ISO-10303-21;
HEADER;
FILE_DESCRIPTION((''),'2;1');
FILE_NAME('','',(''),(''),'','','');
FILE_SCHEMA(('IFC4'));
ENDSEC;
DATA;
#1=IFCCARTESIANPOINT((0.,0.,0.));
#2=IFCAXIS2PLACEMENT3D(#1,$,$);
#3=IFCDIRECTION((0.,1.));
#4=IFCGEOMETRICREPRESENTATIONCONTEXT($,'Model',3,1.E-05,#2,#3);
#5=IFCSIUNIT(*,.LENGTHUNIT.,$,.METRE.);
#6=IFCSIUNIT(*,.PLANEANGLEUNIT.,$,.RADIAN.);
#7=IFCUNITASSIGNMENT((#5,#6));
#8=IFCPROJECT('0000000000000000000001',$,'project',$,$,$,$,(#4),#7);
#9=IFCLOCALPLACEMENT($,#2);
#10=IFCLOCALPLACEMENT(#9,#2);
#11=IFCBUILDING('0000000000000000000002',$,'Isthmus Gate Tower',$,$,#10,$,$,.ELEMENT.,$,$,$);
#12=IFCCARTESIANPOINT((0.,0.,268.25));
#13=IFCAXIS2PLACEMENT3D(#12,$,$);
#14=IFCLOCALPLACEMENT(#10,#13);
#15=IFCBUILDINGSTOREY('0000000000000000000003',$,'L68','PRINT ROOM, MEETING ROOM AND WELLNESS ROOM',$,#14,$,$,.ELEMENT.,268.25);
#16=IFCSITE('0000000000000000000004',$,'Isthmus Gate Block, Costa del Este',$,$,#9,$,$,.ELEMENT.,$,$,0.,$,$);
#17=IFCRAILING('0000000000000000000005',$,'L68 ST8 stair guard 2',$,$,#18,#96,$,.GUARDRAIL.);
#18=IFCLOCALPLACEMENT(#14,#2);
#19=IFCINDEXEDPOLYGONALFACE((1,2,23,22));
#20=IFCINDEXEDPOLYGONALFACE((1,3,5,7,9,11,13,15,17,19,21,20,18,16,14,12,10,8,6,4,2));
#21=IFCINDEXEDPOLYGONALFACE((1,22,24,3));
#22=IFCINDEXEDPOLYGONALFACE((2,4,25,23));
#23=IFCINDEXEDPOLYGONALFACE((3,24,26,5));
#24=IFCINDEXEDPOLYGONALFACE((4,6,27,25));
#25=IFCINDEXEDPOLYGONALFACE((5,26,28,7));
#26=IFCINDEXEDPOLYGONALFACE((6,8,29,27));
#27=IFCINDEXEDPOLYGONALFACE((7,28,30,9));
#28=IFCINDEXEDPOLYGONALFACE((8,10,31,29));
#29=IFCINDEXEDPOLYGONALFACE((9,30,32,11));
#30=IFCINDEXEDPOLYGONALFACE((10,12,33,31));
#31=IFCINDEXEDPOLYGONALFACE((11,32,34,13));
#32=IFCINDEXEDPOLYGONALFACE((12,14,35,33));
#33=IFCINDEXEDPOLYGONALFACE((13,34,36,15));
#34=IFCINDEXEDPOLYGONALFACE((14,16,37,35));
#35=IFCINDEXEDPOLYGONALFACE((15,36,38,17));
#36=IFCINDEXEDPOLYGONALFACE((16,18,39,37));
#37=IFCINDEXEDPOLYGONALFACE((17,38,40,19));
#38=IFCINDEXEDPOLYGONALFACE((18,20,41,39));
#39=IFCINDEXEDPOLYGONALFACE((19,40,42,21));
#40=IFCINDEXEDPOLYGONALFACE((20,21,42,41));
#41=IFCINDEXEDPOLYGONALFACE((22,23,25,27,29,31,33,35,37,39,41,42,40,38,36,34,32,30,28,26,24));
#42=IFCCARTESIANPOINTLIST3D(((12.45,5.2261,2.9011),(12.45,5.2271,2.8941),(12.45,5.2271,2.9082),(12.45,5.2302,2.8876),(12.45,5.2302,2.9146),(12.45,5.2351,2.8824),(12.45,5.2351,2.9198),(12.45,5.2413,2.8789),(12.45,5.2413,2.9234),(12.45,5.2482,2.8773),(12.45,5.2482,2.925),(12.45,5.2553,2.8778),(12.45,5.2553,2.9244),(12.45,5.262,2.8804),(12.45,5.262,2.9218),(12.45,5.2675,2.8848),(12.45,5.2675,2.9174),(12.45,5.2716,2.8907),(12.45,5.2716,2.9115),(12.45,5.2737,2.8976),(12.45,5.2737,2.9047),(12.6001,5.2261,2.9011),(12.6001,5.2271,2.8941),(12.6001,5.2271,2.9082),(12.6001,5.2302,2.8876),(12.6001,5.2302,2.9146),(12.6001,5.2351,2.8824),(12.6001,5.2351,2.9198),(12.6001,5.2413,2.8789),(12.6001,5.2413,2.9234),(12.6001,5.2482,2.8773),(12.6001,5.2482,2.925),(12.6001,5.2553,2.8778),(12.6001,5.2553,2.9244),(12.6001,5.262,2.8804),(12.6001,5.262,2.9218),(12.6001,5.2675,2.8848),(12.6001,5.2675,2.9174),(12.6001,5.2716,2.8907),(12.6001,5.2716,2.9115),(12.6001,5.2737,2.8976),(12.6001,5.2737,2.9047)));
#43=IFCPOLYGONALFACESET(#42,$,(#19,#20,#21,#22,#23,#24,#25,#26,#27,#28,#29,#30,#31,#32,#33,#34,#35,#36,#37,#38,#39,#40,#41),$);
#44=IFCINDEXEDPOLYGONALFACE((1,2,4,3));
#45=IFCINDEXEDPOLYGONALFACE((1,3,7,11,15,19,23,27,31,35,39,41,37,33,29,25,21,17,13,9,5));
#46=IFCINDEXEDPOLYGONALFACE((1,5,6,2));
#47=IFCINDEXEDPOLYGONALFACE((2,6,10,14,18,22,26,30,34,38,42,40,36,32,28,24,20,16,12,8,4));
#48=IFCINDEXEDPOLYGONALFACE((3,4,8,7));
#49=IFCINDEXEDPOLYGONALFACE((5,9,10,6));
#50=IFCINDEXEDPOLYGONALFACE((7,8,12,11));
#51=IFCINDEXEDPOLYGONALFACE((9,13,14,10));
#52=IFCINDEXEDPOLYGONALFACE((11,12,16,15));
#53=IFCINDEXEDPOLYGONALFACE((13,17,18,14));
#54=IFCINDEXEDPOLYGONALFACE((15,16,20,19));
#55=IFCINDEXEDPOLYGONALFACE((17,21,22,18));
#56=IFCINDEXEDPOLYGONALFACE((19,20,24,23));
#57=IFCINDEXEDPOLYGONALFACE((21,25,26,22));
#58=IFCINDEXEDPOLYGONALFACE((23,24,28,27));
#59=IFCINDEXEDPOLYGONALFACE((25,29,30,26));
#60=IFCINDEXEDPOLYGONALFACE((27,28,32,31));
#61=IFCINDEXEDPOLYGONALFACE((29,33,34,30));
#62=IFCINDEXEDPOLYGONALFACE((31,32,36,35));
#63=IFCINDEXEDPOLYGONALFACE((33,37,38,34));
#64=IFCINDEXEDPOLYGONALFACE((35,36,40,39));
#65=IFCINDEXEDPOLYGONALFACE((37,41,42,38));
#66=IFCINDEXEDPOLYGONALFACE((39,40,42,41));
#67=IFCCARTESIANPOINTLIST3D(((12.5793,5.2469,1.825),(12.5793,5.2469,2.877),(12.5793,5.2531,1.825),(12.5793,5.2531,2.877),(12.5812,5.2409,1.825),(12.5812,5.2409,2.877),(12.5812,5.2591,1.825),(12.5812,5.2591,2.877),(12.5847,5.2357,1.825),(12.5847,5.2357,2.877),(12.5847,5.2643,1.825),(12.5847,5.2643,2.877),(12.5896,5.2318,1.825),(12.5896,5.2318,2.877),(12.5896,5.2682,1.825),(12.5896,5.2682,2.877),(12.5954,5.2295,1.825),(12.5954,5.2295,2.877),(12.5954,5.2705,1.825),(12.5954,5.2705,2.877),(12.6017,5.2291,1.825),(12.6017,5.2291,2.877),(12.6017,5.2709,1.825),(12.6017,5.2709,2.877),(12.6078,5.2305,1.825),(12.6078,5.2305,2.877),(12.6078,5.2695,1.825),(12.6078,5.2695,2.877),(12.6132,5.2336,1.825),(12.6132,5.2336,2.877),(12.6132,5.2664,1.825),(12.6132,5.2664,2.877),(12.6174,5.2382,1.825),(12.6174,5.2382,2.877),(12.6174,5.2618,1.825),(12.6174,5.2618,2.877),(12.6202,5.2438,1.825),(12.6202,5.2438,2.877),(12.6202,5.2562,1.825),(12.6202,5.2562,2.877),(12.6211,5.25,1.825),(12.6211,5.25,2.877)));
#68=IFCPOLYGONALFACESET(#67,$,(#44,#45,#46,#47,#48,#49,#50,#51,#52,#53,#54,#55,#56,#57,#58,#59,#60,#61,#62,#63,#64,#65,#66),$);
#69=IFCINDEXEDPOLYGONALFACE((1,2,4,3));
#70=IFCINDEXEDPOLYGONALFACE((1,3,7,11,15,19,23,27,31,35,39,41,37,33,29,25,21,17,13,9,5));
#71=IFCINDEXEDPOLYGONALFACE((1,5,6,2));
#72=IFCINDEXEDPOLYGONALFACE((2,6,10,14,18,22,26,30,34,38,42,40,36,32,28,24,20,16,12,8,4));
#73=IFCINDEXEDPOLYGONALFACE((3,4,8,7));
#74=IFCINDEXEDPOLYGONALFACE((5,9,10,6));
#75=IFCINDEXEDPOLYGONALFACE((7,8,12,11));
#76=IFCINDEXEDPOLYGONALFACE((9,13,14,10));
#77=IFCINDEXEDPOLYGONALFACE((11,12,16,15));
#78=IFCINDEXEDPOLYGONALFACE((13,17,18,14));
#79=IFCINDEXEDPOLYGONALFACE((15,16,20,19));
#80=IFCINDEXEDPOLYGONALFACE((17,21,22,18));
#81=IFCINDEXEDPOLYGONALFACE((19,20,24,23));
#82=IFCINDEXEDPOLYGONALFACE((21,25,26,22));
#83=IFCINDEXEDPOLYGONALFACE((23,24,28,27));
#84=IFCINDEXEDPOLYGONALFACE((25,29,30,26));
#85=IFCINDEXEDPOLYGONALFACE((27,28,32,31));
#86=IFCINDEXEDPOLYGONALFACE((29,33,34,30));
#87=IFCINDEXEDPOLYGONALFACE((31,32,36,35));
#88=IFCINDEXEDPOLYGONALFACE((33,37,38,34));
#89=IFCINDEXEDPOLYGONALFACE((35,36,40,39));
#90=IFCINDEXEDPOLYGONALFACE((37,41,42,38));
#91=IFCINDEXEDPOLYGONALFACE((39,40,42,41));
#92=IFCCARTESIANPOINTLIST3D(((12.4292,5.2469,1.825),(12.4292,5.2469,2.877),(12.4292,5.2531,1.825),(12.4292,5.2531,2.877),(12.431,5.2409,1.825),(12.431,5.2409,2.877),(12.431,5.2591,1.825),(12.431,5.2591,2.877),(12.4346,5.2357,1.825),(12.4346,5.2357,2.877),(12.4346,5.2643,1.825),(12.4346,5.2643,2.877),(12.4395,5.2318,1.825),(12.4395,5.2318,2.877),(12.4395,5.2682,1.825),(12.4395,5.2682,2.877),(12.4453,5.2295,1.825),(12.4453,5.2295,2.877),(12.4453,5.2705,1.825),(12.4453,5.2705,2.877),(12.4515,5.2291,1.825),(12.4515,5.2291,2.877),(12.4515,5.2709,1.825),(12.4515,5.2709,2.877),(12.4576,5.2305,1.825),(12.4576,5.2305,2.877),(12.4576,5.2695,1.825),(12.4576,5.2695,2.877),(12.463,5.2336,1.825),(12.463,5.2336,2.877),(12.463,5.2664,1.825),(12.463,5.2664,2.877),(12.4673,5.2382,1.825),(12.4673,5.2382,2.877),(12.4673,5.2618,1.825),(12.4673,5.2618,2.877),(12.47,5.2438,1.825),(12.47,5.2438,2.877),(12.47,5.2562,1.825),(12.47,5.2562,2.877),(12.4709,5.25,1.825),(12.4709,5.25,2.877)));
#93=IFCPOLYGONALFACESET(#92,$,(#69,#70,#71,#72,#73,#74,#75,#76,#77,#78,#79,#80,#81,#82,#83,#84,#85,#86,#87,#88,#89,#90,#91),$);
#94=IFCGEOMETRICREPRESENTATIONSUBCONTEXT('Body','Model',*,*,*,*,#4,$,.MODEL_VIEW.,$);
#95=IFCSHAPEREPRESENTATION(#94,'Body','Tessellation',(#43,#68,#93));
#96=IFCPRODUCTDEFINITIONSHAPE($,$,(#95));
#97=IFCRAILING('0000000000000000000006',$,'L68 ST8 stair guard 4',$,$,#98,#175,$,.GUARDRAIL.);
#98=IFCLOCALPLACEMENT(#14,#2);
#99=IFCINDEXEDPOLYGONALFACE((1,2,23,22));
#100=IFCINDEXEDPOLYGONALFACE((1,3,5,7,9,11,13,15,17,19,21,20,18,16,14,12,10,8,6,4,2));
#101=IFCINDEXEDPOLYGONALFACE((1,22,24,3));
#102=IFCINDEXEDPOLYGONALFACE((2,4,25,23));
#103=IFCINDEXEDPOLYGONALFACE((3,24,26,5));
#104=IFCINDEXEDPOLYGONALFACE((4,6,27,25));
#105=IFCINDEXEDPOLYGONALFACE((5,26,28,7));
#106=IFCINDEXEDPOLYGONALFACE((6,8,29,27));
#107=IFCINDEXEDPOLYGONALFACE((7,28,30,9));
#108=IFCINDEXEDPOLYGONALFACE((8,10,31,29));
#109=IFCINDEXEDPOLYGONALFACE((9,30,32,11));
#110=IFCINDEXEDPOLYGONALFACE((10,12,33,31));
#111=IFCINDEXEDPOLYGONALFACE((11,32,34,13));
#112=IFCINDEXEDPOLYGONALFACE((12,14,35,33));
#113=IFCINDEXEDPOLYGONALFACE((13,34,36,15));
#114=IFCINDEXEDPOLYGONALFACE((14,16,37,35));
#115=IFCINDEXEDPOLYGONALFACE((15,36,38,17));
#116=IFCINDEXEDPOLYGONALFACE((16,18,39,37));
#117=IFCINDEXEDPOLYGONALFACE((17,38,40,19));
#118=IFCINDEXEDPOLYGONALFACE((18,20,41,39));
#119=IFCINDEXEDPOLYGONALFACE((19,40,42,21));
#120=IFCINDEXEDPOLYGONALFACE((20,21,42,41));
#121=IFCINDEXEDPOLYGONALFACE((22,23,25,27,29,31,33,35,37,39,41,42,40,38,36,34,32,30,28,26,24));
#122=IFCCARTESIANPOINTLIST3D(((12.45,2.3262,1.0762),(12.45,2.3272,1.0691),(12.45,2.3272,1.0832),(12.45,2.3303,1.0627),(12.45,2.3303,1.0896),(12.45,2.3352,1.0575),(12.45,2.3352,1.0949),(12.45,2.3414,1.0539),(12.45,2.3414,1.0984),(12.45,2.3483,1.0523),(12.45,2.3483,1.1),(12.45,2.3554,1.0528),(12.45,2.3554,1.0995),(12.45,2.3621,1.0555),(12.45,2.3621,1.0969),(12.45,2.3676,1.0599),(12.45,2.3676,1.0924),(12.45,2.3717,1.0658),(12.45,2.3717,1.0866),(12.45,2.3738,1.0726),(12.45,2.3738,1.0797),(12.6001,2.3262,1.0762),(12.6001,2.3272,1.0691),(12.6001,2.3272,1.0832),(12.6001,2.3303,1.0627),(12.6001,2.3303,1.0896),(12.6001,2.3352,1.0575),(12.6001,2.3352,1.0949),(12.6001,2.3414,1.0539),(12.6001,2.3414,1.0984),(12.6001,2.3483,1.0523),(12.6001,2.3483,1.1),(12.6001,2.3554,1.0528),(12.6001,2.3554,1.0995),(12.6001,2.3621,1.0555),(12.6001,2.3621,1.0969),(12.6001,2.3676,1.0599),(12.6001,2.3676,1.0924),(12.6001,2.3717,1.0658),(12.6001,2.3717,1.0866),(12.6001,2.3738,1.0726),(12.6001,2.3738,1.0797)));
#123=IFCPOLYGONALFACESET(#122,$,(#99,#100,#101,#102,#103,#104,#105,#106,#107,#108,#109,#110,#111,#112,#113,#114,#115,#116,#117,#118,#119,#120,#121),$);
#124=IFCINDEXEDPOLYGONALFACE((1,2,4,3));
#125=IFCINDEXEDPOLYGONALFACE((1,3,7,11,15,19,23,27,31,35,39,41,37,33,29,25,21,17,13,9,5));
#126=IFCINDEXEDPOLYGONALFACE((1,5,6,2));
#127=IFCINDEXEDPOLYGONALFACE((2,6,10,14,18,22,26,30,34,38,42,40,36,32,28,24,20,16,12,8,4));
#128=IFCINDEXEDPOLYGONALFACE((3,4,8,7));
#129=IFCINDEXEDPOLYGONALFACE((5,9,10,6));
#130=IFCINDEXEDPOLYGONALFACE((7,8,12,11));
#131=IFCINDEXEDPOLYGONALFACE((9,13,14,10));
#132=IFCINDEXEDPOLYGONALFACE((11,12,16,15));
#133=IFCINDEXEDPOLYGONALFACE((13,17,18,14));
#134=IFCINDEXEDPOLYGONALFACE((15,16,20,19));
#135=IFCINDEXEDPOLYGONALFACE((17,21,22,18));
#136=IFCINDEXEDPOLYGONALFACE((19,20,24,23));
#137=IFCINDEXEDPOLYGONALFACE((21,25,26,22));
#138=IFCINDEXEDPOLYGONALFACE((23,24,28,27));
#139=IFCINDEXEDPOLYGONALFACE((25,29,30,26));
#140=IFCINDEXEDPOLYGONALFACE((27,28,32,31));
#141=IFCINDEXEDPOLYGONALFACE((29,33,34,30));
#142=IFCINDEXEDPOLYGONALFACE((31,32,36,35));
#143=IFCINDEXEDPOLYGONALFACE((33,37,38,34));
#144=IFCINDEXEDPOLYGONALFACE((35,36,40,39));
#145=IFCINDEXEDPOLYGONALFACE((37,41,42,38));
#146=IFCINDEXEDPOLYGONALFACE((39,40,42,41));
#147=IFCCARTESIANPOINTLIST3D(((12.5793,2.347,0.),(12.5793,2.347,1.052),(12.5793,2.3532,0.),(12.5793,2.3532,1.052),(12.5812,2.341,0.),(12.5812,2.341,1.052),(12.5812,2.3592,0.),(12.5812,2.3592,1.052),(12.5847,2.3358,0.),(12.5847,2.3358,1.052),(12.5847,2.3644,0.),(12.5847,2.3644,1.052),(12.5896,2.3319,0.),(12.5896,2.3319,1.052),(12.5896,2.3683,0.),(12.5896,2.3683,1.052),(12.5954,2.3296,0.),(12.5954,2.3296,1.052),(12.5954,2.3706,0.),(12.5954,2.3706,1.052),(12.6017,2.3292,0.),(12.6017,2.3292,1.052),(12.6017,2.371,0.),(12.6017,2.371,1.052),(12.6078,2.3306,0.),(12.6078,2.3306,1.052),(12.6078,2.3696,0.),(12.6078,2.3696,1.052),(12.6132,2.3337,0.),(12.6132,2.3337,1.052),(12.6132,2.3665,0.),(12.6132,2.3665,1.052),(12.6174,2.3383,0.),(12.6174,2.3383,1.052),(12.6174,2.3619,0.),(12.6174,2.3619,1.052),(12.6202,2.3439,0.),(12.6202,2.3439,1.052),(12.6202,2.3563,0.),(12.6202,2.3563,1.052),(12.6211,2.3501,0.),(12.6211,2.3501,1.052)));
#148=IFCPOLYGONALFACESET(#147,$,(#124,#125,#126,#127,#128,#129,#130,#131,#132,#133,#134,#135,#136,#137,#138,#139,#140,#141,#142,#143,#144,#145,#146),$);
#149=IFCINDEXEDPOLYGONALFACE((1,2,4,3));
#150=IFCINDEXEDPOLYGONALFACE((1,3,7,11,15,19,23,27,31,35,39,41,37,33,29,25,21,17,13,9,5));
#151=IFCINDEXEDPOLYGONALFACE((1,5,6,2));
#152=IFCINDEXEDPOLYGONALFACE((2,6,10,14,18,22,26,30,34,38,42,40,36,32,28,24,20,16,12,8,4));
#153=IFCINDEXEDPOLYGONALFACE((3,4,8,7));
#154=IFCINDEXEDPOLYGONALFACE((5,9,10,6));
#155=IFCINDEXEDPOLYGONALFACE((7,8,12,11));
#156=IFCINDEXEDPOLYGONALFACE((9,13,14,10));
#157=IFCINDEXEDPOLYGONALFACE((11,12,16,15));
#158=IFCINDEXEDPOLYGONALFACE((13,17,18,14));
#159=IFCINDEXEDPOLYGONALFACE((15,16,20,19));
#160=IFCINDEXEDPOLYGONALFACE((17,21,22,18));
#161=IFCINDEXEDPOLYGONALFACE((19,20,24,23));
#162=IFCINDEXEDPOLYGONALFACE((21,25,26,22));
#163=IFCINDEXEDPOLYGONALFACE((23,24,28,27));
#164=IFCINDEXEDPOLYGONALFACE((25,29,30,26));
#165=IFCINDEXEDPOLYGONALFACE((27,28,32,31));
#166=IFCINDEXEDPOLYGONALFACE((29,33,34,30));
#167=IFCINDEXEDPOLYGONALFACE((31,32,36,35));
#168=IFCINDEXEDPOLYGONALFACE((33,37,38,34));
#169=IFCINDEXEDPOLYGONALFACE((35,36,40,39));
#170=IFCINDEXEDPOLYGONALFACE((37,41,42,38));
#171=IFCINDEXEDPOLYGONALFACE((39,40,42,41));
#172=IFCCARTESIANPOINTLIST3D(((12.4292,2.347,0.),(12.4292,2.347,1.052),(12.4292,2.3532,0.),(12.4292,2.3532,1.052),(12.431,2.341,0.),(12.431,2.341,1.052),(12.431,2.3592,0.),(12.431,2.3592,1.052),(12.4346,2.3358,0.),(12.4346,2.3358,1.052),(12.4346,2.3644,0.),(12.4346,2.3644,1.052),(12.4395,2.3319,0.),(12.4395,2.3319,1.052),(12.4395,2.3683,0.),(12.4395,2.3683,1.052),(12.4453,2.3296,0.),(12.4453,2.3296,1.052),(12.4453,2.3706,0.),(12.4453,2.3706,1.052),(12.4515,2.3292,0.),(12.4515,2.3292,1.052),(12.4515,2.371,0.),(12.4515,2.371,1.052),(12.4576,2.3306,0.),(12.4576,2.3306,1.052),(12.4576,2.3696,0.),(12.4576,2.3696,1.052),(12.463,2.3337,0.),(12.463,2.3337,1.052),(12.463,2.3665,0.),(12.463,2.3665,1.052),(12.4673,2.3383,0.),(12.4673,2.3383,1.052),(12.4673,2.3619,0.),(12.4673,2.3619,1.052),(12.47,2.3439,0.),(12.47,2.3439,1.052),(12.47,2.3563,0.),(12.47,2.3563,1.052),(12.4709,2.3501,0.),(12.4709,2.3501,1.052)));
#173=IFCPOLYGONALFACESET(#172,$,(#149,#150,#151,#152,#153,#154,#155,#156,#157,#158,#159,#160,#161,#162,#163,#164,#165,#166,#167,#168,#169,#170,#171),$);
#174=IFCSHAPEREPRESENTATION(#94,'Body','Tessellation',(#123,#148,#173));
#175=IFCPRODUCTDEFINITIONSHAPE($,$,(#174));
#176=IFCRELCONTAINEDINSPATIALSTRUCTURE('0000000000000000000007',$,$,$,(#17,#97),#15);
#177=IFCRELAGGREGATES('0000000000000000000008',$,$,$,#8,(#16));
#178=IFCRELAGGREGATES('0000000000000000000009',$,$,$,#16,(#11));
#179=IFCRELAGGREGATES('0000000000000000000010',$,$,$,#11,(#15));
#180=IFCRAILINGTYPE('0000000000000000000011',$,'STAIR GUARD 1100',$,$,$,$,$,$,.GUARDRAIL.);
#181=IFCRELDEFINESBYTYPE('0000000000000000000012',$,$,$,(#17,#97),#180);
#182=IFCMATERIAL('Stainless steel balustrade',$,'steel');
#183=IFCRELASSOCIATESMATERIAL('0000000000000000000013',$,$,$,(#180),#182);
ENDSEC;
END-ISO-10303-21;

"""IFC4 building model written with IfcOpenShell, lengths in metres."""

from ifc_helpers import new_model, si_unit, direction, frame, origin, origin_2d, place, context, subcontext, project, spatial, circle, extrude, material, type_object, element, save


model = new_model("IFC4")

# Units and contexts
model_context = context("Model", 3, precision=1e-05, world=origin(), true_north=direction((0.0, 1.0)))
body_context = subcontext(model_context, "Body", "Model", "MODEL_VIEW")
ifc_project = project(units=[si_unit("LENGTHUNIT", "METRE"), si_unit("PLANEANGLEUNIT", "RADIAN")], contexts=[model_context])

# Site, building, storey
site_placement = place(None, origin())
site = spatial("IfcSite", under=ifc_project, at=site_placement, Name="Isthmus Gate Block, Costa del Este", CompositionType="ELEMENT", RefElevation=0.0)
building_placement = place(site_placement, origin())
building = spatial("IfcBuilding", under=site, at=building_placement, Name="Isthmus Gate Tower", CompositionType="ELEMENT")
storey_placement = place(building_placement, frame((0.0, 0.0, 268.25)))
storey = spatial("IfcBuildingStorey", under=building, at=storey_placement, Name="L68", Description="PRINT ROOM, MEETING ROOM AND WELLNESS ROOM", CompositionType="ELEMENT", Elevation=268.25)

# Railings
ifc_material_1 = material(Name="Stainless steel balustrade", Category="steel")
railing_type_1 = type_object("IfcRailingType", Name="STAIR GUARD 1100", PredefinedType="GUARDRAIL", material=ifc_material_1)
for number, where, name in (
    (1, (12.6001, 5.25, 1.825), "L68 ST8 stair guard 2"),
    (2, (12.6001, 2.3501, 0.0), "L68 ST8 stair guard 4"),
):
    element("IfcRailing", number, at=place(storey_placement, frame(where)), inside=storey, type_object=railing_type_1, Name=name, PredefinedType="GUARDRAIL", context=body_context, shape_type="SweptSolid", body=[
        extrude(circle(Radius=0.0239, at=origin_2d()), frame((0.0, 0.0, 1.0762), z_axis=(-1.0, 0.0, 0.0), x_axis=(0.0, -1.0, 0.0)), (0.0, 0.0, 1.0), 0.1501),
        extrude(circle(Radius=0.021, at=origin_2d()), origin(), (0.0, 0.0, 1.0), 1.052),
        extrude(circle(Radius=0.021, at=origin_2d()), frame((-0.1501, 0.0, 0.0)), (0.0, 0.0, 1.0), 1.052),
    ])

save(model, "model.ifc")
